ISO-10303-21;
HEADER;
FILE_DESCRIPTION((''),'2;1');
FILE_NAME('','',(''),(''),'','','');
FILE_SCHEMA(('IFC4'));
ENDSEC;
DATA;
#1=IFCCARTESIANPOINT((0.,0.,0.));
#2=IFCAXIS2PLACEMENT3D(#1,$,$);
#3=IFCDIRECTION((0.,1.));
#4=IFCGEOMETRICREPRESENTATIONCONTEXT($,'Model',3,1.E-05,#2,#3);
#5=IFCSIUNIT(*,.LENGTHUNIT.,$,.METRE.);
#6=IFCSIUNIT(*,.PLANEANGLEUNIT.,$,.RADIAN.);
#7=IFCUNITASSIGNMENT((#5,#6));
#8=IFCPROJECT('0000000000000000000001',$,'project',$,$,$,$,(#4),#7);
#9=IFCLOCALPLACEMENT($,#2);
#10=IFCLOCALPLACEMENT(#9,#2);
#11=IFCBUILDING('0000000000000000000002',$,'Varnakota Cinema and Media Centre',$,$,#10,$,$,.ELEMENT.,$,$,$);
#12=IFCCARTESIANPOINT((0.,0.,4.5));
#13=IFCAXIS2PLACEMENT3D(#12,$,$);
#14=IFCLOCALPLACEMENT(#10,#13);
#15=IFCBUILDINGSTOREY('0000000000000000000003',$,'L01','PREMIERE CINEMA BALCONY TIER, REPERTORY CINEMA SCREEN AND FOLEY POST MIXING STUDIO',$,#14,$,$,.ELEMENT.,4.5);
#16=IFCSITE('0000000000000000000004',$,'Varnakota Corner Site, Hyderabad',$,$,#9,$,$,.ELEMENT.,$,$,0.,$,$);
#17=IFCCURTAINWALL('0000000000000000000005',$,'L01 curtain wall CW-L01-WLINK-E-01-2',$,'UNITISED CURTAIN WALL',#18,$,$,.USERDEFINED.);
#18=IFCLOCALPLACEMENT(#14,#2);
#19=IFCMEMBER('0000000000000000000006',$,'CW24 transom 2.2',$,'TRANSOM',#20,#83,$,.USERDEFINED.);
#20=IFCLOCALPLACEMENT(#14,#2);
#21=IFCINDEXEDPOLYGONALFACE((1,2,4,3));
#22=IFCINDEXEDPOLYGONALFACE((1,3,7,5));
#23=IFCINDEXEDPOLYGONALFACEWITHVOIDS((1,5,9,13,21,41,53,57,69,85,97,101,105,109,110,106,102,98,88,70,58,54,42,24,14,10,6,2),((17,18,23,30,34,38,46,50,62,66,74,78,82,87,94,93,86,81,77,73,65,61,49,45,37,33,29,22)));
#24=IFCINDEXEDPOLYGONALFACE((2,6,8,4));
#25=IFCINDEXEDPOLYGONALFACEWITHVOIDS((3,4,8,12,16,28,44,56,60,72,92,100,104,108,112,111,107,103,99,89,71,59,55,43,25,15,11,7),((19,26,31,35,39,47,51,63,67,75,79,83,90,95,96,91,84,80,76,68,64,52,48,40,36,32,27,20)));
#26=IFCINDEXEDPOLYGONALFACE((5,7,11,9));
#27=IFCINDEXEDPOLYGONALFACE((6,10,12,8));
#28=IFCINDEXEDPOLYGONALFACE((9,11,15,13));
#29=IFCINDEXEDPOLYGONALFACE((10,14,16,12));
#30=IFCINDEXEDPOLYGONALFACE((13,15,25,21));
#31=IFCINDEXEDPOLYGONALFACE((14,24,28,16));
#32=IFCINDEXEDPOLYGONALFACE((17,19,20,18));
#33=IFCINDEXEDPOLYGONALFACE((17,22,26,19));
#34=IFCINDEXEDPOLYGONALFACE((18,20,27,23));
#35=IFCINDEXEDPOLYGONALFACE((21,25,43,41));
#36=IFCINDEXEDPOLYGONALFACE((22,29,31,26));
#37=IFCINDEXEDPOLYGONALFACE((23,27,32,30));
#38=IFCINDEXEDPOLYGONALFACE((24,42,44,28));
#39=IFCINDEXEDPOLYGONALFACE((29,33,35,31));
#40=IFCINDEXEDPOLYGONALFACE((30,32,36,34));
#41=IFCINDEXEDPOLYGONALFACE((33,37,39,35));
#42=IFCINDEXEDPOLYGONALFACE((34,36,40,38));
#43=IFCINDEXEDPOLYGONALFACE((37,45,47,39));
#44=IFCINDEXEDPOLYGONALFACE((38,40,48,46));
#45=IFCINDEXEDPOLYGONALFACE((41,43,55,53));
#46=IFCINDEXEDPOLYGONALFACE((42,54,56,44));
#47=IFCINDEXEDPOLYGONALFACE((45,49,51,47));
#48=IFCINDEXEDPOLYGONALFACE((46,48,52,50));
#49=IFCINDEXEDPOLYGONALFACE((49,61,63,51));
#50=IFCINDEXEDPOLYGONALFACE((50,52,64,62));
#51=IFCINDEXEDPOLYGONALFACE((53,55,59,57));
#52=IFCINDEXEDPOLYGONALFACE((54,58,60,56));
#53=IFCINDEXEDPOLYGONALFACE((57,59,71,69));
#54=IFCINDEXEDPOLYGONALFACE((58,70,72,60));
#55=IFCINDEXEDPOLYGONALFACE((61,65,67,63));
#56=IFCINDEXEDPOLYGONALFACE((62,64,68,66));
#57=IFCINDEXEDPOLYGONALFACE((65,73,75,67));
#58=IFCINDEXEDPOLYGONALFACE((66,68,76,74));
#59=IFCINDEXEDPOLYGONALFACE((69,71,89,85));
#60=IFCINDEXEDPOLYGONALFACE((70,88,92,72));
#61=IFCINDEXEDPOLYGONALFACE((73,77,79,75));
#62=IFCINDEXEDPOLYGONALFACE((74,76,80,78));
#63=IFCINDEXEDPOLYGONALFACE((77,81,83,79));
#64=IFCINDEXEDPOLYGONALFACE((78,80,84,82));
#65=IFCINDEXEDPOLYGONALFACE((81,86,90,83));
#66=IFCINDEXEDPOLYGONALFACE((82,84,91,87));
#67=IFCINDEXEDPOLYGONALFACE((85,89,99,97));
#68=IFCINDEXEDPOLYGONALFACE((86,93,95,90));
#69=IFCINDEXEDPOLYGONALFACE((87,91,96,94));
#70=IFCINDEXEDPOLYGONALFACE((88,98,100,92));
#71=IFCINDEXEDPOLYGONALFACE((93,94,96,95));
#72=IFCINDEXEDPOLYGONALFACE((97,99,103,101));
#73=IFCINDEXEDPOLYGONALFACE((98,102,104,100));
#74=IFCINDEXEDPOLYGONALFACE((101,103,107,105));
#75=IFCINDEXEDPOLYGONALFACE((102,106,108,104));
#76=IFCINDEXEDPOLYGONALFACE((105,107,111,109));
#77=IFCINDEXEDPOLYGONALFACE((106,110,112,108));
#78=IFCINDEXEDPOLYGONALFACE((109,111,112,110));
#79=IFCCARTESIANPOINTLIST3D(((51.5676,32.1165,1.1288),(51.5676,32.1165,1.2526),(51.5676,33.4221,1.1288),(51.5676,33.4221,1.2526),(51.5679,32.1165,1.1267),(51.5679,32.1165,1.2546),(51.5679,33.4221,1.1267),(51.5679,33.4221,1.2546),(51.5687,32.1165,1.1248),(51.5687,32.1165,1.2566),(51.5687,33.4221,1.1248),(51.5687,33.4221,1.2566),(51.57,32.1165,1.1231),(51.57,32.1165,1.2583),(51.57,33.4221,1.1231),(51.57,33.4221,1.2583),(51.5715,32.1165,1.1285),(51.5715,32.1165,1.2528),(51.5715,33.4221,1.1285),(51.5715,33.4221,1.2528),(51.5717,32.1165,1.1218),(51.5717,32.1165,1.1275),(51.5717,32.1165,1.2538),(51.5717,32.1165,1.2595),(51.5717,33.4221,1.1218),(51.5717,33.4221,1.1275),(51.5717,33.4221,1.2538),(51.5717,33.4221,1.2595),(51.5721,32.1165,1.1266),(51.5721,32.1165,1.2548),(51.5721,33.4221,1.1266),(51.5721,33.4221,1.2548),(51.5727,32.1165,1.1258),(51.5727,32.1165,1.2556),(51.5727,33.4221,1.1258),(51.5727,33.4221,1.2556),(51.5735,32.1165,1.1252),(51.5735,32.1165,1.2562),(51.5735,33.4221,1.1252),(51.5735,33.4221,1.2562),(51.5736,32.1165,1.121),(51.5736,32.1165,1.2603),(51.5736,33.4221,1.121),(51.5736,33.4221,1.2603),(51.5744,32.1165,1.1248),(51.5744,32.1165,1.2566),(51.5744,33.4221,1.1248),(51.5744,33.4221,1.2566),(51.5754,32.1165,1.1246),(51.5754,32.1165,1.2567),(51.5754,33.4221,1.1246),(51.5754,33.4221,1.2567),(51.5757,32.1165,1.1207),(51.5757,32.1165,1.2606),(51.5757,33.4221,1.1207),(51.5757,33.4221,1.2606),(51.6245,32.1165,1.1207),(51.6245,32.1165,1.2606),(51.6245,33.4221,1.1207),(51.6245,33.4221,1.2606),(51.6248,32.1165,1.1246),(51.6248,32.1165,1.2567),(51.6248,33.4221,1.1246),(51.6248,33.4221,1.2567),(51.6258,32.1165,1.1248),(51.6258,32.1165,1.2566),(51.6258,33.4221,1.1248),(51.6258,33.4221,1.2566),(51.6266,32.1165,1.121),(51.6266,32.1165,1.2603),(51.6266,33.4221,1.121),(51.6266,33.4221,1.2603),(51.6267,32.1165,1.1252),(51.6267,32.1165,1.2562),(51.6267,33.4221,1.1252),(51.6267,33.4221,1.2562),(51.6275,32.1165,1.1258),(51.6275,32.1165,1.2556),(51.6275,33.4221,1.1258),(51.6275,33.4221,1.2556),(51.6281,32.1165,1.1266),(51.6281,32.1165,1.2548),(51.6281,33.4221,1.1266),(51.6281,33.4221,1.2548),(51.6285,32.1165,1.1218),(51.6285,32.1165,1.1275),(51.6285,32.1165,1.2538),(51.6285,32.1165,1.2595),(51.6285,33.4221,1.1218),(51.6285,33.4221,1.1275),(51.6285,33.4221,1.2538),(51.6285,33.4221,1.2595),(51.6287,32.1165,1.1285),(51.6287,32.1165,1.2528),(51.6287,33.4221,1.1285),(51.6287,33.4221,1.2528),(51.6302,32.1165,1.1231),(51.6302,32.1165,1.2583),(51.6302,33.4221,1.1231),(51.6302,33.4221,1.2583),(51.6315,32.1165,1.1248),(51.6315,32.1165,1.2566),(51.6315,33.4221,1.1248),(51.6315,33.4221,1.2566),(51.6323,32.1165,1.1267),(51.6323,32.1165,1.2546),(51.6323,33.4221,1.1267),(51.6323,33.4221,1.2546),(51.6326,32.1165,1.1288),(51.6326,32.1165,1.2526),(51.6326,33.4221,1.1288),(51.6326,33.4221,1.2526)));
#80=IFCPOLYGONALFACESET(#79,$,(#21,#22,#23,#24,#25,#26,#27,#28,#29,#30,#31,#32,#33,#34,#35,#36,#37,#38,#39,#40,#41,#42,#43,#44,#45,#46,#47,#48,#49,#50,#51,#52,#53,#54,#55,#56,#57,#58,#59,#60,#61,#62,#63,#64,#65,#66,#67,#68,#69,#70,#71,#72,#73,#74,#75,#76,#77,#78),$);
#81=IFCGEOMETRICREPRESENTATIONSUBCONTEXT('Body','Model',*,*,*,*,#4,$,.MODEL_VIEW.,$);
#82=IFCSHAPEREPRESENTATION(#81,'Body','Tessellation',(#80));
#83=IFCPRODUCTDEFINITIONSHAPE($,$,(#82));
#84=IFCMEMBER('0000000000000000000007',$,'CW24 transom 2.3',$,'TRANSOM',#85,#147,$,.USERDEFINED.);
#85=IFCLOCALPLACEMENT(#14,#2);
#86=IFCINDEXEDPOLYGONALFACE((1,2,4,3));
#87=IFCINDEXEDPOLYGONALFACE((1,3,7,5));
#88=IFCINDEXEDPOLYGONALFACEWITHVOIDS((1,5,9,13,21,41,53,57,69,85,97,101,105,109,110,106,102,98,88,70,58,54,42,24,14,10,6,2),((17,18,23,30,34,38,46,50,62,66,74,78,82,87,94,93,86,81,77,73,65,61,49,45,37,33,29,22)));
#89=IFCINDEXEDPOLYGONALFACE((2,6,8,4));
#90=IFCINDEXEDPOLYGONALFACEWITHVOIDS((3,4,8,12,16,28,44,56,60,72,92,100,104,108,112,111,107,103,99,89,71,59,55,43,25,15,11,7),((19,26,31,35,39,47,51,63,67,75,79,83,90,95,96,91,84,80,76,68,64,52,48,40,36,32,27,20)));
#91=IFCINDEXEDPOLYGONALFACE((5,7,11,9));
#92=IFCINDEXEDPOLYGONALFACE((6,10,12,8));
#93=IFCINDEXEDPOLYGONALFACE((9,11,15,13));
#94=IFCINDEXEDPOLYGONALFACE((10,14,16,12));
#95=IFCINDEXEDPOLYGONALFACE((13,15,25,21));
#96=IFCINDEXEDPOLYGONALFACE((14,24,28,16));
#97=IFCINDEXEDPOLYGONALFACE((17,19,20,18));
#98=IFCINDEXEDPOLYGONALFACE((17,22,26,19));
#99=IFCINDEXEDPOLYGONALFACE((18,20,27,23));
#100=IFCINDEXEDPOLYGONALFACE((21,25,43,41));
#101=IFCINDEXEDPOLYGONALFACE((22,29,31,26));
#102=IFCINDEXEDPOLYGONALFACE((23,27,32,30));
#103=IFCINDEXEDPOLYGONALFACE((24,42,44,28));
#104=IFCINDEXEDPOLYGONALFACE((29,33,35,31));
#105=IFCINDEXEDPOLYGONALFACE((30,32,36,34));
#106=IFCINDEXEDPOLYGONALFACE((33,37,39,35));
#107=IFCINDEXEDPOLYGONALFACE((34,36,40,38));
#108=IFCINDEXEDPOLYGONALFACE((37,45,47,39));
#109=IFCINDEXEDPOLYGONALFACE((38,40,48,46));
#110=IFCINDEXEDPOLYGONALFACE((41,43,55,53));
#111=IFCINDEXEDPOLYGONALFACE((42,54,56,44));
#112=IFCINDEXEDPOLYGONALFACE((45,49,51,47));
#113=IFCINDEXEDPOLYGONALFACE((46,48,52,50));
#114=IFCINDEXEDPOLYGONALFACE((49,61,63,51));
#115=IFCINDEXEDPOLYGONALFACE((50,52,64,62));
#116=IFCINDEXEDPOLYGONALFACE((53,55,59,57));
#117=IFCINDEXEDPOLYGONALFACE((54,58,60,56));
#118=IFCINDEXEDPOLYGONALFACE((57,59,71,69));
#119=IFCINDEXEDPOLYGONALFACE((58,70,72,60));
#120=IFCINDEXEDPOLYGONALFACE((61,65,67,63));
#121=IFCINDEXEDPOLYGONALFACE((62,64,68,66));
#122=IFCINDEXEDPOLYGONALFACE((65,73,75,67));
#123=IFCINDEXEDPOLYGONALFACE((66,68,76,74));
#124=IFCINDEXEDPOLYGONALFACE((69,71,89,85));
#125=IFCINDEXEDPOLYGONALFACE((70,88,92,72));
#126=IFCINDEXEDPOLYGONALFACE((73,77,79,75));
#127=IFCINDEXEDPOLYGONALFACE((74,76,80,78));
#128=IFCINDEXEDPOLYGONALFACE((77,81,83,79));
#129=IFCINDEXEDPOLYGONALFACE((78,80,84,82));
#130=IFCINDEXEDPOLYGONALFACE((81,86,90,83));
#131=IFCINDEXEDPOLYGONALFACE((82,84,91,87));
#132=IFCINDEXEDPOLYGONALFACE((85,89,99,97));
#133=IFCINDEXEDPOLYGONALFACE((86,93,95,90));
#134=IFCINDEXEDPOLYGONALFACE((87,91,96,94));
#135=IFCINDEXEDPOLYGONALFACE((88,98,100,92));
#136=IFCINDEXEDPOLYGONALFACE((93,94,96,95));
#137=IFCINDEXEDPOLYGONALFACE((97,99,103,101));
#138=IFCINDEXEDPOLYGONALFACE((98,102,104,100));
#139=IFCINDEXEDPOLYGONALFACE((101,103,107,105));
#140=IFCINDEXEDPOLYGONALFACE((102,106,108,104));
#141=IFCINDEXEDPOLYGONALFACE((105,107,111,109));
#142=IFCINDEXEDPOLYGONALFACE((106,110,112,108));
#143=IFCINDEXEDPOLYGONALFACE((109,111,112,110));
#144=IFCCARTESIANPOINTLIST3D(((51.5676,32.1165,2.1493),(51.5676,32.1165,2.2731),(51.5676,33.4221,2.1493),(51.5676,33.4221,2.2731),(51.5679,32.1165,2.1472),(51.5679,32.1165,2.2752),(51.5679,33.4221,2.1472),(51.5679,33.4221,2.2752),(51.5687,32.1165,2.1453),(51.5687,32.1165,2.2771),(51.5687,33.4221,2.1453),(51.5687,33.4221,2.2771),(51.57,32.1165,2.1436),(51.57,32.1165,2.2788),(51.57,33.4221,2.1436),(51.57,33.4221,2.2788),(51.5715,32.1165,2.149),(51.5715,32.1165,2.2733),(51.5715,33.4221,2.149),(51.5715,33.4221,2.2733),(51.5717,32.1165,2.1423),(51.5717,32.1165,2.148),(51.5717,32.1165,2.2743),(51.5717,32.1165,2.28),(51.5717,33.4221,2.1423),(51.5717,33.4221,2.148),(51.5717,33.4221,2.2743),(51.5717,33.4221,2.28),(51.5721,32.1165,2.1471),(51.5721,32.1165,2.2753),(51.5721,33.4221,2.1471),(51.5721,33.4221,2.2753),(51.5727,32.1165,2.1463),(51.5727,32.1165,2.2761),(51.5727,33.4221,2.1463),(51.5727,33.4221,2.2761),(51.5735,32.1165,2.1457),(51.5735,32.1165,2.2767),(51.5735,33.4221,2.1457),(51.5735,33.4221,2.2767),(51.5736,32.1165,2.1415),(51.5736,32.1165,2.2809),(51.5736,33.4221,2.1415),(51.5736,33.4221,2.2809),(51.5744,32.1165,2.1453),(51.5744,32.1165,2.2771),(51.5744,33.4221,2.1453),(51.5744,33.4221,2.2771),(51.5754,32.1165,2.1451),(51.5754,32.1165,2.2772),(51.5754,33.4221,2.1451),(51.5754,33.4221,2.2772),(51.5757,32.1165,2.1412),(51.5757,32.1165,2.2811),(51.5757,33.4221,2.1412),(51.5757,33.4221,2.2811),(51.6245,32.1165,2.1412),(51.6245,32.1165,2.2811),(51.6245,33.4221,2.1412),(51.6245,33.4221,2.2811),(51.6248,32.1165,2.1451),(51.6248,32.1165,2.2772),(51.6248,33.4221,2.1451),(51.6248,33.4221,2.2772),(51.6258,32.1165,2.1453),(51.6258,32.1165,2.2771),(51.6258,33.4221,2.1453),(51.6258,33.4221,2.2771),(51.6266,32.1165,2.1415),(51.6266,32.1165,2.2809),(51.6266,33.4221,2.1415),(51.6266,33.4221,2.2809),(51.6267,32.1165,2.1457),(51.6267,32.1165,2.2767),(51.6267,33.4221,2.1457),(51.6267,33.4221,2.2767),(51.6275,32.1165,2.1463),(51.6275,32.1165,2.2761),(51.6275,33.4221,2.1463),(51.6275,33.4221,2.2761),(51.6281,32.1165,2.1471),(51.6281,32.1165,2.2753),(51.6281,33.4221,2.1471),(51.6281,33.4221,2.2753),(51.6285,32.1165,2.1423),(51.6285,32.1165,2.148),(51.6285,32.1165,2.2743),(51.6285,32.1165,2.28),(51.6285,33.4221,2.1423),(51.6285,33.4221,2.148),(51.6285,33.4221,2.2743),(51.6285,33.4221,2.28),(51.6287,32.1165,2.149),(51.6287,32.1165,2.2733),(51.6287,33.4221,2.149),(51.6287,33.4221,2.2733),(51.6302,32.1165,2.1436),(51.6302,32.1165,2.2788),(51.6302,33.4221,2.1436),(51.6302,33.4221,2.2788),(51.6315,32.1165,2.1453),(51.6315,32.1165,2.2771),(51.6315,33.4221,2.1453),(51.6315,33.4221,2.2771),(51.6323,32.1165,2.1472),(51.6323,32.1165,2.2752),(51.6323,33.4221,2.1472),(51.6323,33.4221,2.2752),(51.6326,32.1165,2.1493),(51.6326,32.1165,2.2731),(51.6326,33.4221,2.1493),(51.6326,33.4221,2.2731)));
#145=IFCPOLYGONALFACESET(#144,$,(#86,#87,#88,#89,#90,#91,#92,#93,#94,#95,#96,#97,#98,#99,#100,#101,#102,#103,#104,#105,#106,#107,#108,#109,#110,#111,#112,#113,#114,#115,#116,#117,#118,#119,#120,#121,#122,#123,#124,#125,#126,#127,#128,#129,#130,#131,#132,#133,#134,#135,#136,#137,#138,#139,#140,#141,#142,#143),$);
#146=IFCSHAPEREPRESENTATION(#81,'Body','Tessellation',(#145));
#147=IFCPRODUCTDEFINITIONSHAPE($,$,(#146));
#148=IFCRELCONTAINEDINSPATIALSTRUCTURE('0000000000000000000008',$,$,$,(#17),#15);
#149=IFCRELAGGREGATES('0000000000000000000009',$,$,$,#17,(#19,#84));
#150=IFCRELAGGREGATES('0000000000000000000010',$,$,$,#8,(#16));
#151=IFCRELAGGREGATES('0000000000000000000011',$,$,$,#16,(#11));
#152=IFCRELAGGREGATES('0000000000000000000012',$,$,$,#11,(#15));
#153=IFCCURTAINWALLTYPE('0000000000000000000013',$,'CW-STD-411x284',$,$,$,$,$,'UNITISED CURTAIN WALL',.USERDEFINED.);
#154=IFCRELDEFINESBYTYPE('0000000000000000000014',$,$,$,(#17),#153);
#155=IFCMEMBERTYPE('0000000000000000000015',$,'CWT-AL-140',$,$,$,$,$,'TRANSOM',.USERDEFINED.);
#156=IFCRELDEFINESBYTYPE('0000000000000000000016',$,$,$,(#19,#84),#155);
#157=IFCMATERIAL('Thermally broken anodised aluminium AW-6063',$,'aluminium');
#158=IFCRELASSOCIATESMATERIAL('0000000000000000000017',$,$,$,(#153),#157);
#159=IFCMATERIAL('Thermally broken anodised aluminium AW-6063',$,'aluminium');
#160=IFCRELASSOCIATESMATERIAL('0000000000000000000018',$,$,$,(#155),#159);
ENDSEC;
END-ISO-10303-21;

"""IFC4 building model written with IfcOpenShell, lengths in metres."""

from ifc_helpers import new_model, si_unit, direction, frame, origin, origin_2d, place, context, subcontext, project, spatial, hollow_rectangle, extrude, material, material_profile, profile_set, type_object, element, aggregate, save


model = new_model("IFC4")

# Units and contexts
model_context = context("Model", 3, precision=1e-05, world=origin(), true_north=direction((0.0, 1.0)))
body_context = subcontext(model_context, "Body", "Model", "MODEL_VIEW")
ifc_project = project(units=[si_unit("LENGTHUNIT", "METRE"), si_unit("PLANEANGLEUNIT", "RADIAN")], contexts=[model_context])

# Site, building, storey
site_placement = place(None, origin())
site = spatial("IfcSite", under=ifc_project, at=site_placement, Name="Varnakota Corner Site, Hyderabad", CompositionType="ELEMENT", RefElevation=0.0)
building_placement = place(site_placement, origin())
building = spatial("IfcBuilding", under=site, at=building_placement, Name="Varnakota Cinema and Media Centre", CompositionType="ELEMENT")
storey_placement = place(building_placement, frame((0.0, 0.0, 4.5)))
storey = spatial("IfcBuildingStorey", under=building, at=storey_placement, Name="L01", Description="PREMIERE CINEMA BALCONY TIER, REPERTORY CINEMA SCREEN AND FOLEY POST MIXING STUDIO", CompositionType="ELEMENT", Elevation=4.5)

# Shared definitions
ifc_material_1 = material(Name="Thermally broken anodised aluminium AW-6063", Category="aluminium")
curtain_wall_type = type_object("IfcCurtainWallType", Name="CW-STD-411x284", ElementType="UNITISED CURTAIN WALL", PredefinedType="USERDEFINED", material=ifc_material_1)

# Curtain wall
curtain_wall_1_placement = place(storey_placement, origin())
curtain_wall_1 = element("IfcCurtainWall", 1, at=curtain_wall_1_placement, inside=storey, type_object=curtain_wall_type, Name="L01 curtain wall CW-L01-WLINK-E-01-2", ObjectType="UNITISED CURTAIN WALL", PredefinedType="USERDEFINED")

# Members
ifc_material_2 = material(Name="Thermally broken anodised aluminium AW-6063", Category="aluminium")
ifc_material_profile_1 = material_profile(ifc_material_2, hollow_rectangle(XDim=0.0649, YDim=0.1399, WallThickness=0.0039, InnerFilletRadius=0.0039, OuterFilletRadius=0.0081, at=origin_2d()), Name="AL-TRANSOM 140x65x4")
ifc_profile_set_1 = profile_set([ifc_material_profile_1], Name="Thermally broken anodised aluminium AW-6063")
member_type_1 = type_object("IfcMemberType", Name="CWT-AL-140", ElementType="TRANSOM", PredefinedType="USERDEFINED", material=ifc_profile_set_1)
member_1_placement = place(storey_placement, frame((51.6001, 32.1165, 1.1907), z_axis=(0.0, 1.0, 0.0), x_axis=(-1.0, 0.0, 0.0)))
member_1 = element("IfcMember", 2, at=member_1_placement, type_object=member_type_1, Name="CW24 transom 2.2", ObjectType="TRANSOM", PredefinedType="USERDEFINED", context=body_context, shape_type="SweptSolid", body=[
    extrude(hollow_rectangle(XDim=0.0649, YDim=0.1399, WallThickness=0.0039, InnerFilletRadius=0.0039, OuterFilletRadius=0.0081, at=origin_2d()), origin(), (0.0, 0.0, 1.0), 1.3057),
])
member_2_placement = place(storey_placement, frame((51.6001, 32.1165, 2.2112), z_axis=(0.0, 1.0, 0.0), x_axis=(-1.0, 0.0, 0.0)))
member_2 = element("IfcMember", 3, at=member_2_placement, type_object=member_type_1, Name="CW24 transom 2.3", ObjectType="TRANSOM", PredefinedType="USERDEFINED", context=body_context, shape_type="SweptSolid", body=[
    extrude(hollow_rectangle(XDim=0.0649, YDim=0.1399, WallThickness=0.0039, InnerFilletRadius=0.0039, OuterFilletRadius=0.0081, at=origin_2d()), origin(), (0.0, 0.0, 1.0), 1.3057),
])

aggregate(curtain_wall_1, [member_1, member_2])

save(model, "model.ifc")
